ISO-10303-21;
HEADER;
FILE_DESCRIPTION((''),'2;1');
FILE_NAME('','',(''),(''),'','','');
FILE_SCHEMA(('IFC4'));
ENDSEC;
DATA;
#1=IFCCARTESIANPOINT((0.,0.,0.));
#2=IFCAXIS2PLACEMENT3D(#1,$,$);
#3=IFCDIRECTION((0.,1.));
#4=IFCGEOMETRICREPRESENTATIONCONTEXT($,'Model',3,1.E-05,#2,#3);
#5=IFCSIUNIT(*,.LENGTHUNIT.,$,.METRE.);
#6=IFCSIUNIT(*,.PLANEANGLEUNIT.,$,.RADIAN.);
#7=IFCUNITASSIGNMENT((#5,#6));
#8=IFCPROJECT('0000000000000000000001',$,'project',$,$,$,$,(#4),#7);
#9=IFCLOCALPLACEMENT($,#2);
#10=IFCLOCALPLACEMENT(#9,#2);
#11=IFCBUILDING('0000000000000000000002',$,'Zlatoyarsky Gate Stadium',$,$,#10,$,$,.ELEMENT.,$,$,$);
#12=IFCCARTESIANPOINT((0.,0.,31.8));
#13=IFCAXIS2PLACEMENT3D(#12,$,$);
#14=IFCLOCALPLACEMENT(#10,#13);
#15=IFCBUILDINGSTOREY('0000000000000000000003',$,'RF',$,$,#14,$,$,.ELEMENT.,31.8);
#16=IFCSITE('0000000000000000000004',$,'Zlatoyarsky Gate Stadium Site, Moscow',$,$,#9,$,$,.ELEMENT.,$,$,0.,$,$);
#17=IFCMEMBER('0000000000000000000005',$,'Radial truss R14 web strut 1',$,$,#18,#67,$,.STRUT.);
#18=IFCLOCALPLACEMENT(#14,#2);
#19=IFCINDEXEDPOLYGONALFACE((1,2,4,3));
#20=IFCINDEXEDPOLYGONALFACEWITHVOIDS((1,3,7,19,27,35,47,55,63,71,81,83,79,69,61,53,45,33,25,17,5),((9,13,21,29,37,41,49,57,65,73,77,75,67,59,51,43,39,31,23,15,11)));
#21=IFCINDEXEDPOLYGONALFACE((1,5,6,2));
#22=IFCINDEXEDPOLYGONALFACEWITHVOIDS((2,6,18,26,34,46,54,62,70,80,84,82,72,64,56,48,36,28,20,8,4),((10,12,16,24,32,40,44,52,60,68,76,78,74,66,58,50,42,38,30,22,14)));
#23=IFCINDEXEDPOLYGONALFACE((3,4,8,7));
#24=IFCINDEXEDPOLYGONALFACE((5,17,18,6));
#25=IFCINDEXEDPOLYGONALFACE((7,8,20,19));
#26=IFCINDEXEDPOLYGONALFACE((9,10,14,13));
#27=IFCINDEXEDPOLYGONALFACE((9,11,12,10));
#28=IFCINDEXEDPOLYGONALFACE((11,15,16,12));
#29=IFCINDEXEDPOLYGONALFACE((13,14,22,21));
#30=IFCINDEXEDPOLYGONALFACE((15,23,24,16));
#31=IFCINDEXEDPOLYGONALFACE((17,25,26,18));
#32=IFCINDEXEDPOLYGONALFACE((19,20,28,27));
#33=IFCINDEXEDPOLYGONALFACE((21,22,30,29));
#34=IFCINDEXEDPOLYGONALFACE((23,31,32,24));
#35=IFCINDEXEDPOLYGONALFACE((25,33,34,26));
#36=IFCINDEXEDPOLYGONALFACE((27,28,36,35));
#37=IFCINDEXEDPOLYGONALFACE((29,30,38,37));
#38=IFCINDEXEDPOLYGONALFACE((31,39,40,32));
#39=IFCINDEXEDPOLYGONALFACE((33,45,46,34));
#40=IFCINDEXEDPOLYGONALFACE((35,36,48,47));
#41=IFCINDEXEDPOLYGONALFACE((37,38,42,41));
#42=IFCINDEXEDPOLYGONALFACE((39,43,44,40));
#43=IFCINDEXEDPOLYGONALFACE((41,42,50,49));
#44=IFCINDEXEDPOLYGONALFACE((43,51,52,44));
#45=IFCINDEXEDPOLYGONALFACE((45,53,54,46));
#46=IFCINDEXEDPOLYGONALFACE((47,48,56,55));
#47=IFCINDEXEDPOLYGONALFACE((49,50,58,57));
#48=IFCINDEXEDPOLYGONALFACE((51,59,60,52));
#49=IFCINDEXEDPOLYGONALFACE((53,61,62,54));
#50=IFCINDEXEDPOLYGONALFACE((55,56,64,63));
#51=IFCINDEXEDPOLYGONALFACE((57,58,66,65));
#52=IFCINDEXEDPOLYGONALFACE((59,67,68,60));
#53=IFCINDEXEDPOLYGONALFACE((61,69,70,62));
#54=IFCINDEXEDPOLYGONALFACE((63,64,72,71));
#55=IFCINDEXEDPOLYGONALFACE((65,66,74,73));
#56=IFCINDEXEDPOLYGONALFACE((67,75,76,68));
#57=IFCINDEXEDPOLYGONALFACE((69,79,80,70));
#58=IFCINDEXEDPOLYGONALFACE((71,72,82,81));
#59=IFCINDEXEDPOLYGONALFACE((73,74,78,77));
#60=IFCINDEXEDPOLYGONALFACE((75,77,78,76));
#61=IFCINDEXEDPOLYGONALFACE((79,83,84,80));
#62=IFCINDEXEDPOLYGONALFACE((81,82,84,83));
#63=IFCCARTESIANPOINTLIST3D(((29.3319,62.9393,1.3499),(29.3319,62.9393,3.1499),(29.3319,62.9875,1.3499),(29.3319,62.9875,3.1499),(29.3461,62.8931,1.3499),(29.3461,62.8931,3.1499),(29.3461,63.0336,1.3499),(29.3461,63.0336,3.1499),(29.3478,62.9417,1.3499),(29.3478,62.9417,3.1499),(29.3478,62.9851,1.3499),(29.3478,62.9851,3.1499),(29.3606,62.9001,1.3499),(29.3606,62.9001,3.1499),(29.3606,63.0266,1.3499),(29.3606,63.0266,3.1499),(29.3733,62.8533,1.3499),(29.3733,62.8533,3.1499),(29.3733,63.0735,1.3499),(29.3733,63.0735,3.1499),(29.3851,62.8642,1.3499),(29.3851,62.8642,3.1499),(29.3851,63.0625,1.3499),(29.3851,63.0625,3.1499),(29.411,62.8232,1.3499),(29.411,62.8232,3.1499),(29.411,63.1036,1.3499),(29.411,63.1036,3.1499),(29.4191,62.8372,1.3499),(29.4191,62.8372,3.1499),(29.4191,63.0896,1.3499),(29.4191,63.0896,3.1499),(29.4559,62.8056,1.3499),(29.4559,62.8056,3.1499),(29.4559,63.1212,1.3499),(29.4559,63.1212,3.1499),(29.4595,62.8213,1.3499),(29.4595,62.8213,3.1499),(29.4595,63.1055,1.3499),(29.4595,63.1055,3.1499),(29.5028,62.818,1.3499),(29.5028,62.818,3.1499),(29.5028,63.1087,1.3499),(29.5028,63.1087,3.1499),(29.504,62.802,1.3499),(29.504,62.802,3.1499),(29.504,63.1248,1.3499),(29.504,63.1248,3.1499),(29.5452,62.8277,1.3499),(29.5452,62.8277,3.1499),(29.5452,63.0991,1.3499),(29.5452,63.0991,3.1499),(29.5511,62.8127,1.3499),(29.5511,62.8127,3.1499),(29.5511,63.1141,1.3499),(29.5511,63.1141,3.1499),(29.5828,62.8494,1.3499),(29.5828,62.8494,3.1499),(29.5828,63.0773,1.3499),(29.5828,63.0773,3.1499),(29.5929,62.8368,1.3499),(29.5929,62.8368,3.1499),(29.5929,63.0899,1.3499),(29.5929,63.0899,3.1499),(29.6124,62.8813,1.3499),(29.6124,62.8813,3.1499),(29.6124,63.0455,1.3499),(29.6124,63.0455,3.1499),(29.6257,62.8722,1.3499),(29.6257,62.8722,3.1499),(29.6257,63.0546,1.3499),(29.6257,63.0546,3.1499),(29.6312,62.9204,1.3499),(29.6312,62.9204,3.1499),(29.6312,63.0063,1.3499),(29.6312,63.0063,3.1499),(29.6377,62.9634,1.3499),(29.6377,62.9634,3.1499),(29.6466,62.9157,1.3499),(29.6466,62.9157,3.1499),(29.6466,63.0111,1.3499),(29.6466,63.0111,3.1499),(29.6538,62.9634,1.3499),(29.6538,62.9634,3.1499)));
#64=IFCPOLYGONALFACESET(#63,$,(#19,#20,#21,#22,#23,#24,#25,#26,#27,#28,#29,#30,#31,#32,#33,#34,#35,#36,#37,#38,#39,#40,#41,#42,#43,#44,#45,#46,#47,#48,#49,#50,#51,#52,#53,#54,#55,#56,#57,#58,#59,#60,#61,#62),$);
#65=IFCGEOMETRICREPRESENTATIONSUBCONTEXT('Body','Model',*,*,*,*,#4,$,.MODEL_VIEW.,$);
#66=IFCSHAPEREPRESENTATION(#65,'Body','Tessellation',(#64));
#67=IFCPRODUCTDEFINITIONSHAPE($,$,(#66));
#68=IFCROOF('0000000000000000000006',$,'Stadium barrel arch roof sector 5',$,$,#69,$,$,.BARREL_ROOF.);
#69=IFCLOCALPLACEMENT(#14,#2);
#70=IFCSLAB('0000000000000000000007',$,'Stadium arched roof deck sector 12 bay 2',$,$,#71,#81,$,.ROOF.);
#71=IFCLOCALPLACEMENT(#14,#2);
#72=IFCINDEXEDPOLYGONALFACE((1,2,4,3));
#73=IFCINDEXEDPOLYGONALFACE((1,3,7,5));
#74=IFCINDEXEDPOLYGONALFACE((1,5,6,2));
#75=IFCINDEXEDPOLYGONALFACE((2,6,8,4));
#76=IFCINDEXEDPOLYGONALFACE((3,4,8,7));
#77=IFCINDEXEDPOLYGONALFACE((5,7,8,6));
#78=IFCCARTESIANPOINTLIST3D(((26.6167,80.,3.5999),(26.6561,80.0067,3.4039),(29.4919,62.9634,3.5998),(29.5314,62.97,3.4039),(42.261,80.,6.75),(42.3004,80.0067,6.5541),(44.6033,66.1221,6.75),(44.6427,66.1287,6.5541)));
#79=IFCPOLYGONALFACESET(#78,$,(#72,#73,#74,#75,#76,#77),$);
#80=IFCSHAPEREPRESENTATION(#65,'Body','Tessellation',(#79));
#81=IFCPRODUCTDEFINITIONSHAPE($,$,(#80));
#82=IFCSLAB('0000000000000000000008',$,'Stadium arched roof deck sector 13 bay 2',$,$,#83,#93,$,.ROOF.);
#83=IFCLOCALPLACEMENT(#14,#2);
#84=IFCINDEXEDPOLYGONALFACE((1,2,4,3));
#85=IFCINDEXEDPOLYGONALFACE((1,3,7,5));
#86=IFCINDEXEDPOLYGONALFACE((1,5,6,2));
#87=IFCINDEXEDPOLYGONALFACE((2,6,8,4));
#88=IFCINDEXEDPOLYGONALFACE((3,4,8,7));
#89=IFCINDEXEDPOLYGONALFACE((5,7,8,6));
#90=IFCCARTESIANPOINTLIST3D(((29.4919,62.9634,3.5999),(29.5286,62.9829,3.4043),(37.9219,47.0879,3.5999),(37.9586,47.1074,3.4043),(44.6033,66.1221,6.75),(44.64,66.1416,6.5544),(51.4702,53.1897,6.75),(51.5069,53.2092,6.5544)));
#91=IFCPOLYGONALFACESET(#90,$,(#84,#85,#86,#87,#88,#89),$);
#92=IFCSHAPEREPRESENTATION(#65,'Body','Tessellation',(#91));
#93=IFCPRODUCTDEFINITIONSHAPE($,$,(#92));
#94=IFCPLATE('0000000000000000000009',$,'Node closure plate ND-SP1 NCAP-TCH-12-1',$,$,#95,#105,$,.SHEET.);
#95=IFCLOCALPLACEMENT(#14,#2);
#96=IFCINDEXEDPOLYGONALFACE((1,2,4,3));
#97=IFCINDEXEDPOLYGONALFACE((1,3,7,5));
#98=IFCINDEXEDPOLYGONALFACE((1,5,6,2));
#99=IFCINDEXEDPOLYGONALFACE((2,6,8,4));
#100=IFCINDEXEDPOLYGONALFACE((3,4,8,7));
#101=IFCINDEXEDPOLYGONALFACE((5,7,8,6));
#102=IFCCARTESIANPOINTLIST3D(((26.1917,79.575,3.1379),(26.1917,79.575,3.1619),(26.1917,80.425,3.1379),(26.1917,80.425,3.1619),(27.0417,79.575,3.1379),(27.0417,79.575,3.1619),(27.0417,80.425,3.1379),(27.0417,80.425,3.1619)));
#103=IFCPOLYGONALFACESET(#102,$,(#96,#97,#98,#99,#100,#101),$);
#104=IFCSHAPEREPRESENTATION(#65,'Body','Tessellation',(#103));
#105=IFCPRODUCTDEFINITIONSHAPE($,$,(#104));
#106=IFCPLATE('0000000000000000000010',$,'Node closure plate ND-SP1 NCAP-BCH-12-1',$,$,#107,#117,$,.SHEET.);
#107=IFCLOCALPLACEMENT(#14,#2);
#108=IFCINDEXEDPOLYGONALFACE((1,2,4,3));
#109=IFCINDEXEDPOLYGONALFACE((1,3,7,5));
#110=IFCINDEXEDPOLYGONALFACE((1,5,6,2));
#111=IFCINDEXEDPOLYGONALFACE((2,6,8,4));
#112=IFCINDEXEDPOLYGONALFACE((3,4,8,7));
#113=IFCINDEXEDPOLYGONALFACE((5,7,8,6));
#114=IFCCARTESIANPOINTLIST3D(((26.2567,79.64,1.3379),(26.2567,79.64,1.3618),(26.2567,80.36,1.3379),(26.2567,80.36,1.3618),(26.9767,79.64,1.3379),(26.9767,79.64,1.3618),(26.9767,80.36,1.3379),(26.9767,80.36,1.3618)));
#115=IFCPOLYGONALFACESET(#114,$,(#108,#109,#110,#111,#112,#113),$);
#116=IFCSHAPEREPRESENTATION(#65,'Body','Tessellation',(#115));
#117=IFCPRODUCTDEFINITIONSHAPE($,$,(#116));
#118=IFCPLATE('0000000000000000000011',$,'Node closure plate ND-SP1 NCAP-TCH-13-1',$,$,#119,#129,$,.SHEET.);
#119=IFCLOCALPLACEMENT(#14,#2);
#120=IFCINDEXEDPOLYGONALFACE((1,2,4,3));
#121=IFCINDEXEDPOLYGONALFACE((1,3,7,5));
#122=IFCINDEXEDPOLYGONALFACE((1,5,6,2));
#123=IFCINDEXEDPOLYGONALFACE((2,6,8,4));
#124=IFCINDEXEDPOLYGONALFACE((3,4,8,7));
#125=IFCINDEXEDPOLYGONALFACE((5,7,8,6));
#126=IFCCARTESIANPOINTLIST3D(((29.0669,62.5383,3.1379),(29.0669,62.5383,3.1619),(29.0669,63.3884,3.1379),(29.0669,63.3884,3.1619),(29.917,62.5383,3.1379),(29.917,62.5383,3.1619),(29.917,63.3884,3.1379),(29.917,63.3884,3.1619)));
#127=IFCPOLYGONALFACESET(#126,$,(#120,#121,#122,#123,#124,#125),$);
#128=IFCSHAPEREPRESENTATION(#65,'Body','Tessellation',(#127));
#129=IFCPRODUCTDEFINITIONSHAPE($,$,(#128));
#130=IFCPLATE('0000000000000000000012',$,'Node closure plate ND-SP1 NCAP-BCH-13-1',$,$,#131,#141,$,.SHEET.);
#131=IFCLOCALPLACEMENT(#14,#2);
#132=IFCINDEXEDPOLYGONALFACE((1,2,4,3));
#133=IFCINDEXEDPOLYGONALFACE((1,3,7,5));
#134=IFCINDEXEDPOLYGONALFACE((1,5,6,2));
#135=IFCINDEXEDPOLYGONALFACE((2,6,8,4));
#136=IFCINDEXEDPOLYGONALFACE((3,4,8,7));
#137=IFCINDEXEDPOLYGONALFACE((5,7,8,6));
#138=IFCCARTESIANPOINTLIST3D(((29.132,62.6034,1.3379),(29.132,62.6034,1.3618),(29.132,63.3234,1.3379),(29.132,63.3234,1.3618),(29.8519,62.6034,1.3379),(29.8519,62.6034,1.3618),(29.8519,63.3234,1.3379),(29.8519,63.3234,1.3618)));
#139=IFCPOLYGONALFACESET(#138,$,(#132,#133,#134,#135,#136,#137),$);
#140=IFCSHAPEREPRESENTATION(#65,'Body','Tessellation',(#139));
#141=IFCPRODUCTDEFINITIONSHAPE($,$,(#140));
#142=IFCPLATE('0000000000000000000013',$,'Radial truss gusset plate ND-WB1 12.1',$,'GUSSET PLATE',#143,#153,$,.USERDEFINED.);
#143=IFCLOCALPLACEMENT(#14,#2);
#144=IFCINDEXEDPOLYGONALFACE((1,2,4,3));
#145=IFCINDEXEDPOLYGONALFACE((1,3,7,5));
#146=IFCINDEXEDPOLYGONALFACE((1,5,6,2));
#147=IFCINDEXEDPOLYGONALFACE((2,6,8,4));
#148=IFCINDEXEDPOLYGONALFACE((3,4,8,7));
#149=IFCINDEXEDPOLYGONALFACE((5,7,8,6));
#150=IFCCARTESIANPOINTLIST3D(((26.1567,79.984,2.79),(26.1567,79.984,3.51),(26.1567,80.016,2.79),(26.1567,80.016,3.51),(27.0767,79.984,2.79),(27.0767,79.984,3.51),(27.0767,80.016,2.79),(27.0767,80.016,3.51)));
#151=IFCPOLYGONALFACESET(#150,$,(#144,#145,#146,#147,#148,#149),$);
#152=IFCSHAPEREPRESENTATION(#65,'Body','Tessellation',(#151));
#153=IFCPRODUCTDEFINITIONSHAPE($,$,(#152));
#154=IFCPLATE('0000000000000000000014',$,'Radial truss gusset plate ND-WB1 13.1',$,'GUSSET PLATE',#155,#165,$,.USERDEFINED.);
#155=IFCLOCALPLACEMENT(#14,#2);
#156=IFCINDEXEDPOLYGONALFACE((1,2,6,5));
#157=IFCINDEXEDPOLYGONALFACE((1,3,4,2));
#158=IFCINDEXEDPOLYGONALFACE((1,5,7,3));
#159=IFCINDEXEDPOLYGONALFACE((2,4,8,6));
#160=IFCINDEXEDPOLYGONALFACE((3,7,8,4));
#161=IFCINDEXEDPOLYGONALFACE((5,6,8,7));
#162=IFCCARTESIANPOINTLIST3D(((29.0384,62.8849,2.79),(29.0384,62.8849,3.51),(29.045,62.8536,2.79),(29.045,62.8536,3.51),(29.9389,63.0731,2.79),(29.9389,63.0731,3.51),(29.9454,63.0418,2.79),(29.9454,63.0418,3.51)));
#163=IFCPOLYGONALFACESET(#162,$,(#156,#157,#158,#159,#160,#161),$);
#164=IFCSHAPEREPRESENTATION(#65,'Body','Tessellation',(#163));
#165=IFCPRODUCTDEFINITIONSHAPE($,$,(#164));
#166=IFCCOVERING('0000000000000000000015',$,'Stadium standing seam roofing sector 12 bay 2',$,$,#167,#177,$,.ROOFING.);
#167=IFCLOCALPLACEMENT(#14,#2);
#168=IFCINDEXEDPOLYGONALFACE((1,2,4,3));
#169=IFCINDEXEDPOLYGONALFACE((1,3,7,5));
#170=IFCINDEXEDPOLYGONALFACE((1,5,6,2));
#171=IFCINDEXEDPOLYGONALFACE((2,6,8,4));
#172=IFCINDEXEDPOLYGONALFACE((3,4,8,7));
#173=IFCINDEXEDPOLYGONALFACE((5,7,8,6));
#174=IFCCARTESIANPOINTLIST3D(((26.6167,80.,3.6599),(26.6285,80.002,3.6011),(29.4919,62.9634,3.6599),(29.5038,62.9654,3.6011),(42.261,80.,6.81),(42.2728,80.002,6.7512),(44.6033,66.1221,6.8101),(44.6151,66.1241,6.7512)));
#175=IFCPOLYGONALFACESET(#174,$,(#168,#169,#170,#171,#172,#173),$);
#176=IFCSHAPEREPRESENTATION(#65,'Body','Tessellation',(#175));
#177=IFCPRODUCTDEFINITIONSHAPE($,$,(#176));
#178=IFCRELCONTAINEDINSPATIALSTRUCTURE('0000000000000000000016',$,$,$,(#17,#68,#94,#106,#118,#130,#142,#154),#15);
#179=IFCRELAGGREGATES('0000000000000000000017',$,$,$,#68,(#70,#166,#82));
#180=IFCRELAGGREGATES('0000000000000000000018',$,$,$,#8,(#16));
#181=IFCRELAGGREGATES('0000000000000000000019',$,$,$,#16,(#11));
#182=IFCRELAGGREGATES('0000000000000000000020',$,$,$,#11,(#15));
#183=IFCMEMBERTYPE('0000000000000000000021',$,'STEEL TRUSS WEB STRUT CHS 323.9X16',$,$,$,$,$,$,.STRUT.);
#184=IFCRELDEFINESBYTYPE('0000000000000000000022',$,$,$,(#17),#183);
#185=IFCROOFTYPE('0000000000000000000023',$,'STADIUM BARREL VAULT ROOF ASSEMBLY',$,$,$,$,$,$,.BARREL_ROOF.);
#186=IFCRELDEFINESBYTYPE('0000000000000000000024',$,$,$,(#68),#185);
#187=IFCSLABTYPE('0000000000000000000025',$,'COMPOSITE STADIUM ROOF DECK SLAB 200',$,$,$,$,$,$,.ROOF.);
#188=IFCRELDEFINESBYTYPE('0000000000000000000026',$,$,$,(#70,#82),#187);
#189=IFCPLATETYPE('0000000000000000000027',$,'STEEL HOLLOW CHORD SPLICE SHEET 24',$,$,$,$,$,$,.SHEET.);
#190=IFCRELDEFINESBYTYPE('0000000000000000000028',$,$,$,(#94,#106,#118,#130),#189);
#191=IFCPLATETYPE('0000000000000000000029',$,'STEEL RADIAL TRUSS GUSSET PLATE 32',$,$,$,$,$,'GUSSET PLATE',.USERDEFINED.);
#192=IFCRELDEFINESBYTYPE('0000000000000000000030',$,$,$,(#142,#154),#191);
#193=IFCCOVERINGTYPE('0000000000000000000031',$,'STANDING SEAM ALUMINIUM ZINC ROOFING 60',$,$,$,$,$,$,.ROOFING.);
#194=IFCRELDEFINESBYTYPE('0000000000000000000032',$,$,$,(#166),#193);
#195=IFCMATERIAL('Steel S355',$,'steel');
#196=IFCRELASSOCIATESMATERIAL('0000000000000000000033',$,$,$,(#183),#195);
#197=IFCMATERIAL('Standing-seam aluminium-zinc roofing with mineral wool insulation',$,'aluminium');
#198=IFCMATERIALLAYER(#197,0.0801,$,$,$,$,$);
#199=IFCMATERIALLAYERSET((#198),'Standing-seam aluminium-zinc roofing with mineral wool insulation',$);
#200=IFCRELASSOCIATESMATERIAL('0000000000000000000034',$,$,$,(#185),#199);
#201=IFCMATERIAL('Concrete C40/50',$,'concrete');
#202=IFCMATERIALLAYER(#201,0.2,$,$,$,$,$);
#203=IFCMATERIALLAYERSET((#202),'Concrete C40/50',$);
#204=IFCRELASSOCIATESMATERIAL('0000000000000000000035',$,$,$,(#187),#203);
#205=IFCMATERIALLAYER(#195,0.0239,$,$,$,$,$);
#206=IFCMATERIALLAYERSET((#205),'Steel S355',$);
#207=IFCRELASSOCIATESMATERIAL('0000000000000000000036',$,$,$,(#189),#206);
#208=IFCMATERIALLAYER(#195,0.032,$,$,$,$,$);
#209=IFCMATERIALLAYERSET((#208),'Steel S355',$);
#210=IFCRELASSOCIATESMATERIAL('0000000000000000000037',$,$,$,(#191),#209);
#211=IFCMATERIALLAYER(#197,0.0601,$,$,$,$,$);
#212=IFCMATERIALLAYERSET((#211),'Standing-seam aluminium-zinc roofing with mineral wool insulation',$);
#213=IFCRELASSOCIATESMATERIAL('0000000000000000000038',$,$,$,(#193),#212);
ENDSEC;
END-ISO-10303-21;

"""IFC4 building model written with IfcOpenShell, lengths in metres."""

from ifc_helpers import new_model, si_unit, direction, frame, origin, origin_2d, place, context, subcontext, project, spatial, polyline, rectangle, hollow_circle, outline, extrude, material, layer, layer_set, material_profile, profile_set, type_object, element, aggregate, save


model = new_model("IFC4")

# Units and contexts
model_context = context("Model", 3, precision=1e-05, world=origin(), true_north=direction((0.0, 1.0)))
body_context = subcontext(model_context, "Body", "Model", "MODEL_VIEW")
ifc_project = project(units=[si_unit("LENGTHUNIT", "METRE"), si_unit("PLANEANGLEUNIT", "RADIAN")], contexts=[model_context])

# Site, building, storey
site_placement = place(None, origin())
site = spatial("IfcSite", under=ifc_project, at=site_placement, Name="Zlatoyarsky Gate Stadium Site, Moscow", CompositionType="ELEMENT", RefElevation=0.0)
building_placement = place(site_placement, origin())
building = spatial("IfcBuilding", under=site, at=building_placement, Name="Zlatoyarsky Gate Stadium", CompositionType="ELEMENT")
storey_placement = place(building_placement, frame((0.0, 0.0, 31.8)))
storey = spatial("IfcBuildingStorey", under=building, at=storey_placement, Name="RF", CompositionType="ELEMENT", Elevation=31.8)

# Shared definitions
ifc_material_1 = material(Name="Steel S355", Category="steel")

# Member
ifc_material_profile_1 = material_profile(ifc_material_1, hollow_circle(Radius=0.1619, WallThickness=0.0161, at=origin_2d()), Name="CHS 323.9X16")
ifc_profile_set_1 = profile_set([ifc_material_profile_1], Name="Steel S355")
member_type_1 = type_object("IfcMemberType", Name="STEEL TRUSS WEB STRUT CHS 323.9X16", PredefinedType="STRUT", material=ifc_profile_set_1)
member_1_placement = place(storey_placement, frame((29.4919, 62.9634, 1.3499), z_axis=(0.0, 0.0, 1.0), x_axis=(1.0, 0.0, 0.0)))
element("IfcMember", 1, at=member_1_placement, inside=storey, type_object=member_type_1, Name="Radial truss R14 web strut 1", PredefinedType="STRUT", context=body_context, shape_type="SweptSolid", body=[
    extrude(hollow_circle(Radius=0.1619, WallThickness=0.0161, at=origin_2d()), origin(), (0.0, 0.0, 1.0), 1.8),
])

# Roof, slabs
ifc_material_2 = material(Name="Standing-seam aluminium-zinc roofing with mineral wool insulation", Category="aluminium")
ifc_layer_1 = layer(ifc_material_2, 0.0801)
ifc_layer_set_1 = layer_set([ifc_layer_1], Name="Standing-seam aluminium-zinc roofing with mineral wool insulation")
roof_type = type_object("IfcRoofType", Name="STADIUM BARREL VAULT ROOF ASSEMBLY", PredefinedType="BARREL_ROOF", material=ifc_layer_set_1)
roof_placement = place(storey_placement, origin())
roof = element("IfcRoof", 2, at=roof_placement, inside=storey, type_object=roof_type, Name="Stadium barrel arch roof sector 5", PredefinedType="BARREL_ROOF")
ifc_material_3 = material(Name="Concrete C40/50", Category="concrete")
ifc_layer_2 = layer(ifc_material_3, 0.2)
ifc_layer_set_2 = layer_set([ifc_layer_2], Name="Concrete C40/50")
slab_type = type_object("IfcSlabType", Name="COMPOSITE STADIUM ROOF DECK SLAB 200", PredefinedType="ROOF", material=ifc_layer_set_2)
slab_1_placement = place(storey_placement, frame((26.6167, 80.0, 3.5999), z_axis=(-0.197288, -0.033297, 0.97978), x_axis=(0.166415, -0.986056, -0.000001)))
slab_1 = element("IfcSlab", 3, at=slab_1_placement, type_object=slab_type, Name="Stadium arched roof deck sector 12 bay 2", PredefinedType="ROOF", context=body_context, shape_type="SweptSolid", body=[
    extrude(outline(polyline([(0.0, 0.0), (17.2775, 0.0), (16.6777, 15.7446), (2.6034, 15.7445), (0.0, 0.0)])), origin(), (0.0, 0.0, -1.0), 0.2),
])
slab_2_placement = place(storey_placement, frame((29.4919, 62.9634, 3.5999), z_axis=(-0.183541, -0.09746, 0.978169), x_axis=(0.468985, -0.883206, 0.000001)))
slab_2 = element("IfcSlab", 4, at=slab_2_placement, type_object=slab_type, Name="Stadium arched roof deck sector 13 bay 2", PredefinedType="ROOF", context=body_context, shape_type="SweptSolid", body=[
    extrude(outline(polyline([(0.0, 0.0), (17.9748, 0.0), (18.9397, 15.1586), (4.2972, 15.1587), (0.0, 0.0)])), origin(), (0.0, 0.0, -1.0), 0.2),
])

# Plates
ifc_layer_3 = layer(ifc_material_1, 0.0239)
ifc_layer_set_3 = layer_set([ifc_layer_3], Name="Steel S355")
plate_type_1 = type_object("IfcPlateType", Name="STEEL HOLLOW CHORD SPLICE SHEET 24", PredefinedType="SHEET", material=ifc_layer_set_3)
plate_1_placement = place(storey_placement, frame((26.6167, 80.0, 3.1379), z_axis=(0.0, 0.0, 1.0), x_axis=(1.0, 0.0, 0.0)))
element("IfcPlate", 5, at=plate_1_placement, inside=storey, type_object=plate_type_1, Name="Node closure plate ND-SP1 NCAP-TCH-12-1", PredefinedType="SHEET", context=body_context, shape_type="SweptSolid", body=[
    extrude(rectangle(XDim=0.8501, YDim=0.8501, at=origin_2d()), origin(), (0.0, 0.0, 1.0), 0.0239),
])
plate_2_placement = place(storey_placement, frame((26.6167, 80.0, 1.3379), z_axis=(0.0, 0.0, 1.0), x_axis=(1.0, 0.0, 0.0)))
element("IfcPlate", 6, at=plate_2_placement, inside=storey, type_object=plate_type_1, Name="Node closure plate ND-SP1 NCAP-BCH-12-1", PredefinedType="SHEET", context=body_context, shape_type="SweptSolid", body=[
    extrude(rectangle(XDim=0.72, YDim=0.72, at=origin_2d()), origin(), (0.0, 0.0, 1.0), 0.0239),
])
plate_3_placement = place(storey_placement, frame((29.4919, 62.9634, 3.1379), z_axis=(0.0, 0.0, 1.0), x_axis=(1.0, 0.0, 0.0)))
element("IfcPlate", 7, at=plate_3_placement, inside=storey, type_object=plate_type_1, Name="Node closure plate ND-SP1 NCAP-TCH-13-1", PredefinedType="SHEET", context=body_context, shape_type="SweptSolid", body=[
    extrude(rectangle(XDim=0.8501, YDim=0.8501, at=origin_2d()), origin(), (0.0, 0.0, 1.0), 0.0239),
])
plate_4_placement = place(storey_placement, frame((29.4919, 62.9634, 1.3379), z_axis=(0.0, 0.0, 1.0), x_axis=(1.0, 0.0, 0.0)))
element("IfcPlate", 8, at=plate_4_placement, inside=storey, type_object=plate_type_1, Name="Node closure plate ND-SP1 NCAP-BCH-13-1", PredefinedType="SHEET", context=body_context, shape_type="SweptSolid", body=[
    extrude(rectangle(XDim=0.72, YDim=0.72, at=origin_2d()), origin(), (0.0, 0.0, 1.0), 0.0239),
])
ifc_layer_4 = layer(ifc_material_1, 0.032)
ifc_layer_set_4 = layer_set([ifc_layer_4], Name="Steel S355")
plate_type_2 = type_object("IfcPlateType", Name="STEEL RADIAL TRUSS GUSSET PLATE 32", ElementType="GUSSET PLATE", PredefinedType="USERDEFINED", material=ifc_layer_set_4)
for number, where, z_axis, x_axis, name in (
    (9, (26.6167, 80.0, 2.79), (0.0, 0.0, 1.0), (1.0, 0.0, 0.0), "Radial truss gusset plate ND-WB1 12.1"),
    (10, (29.4919, 62.9634, 2.79), (0.0, 0.0, 1.0), (0.978847, 0.204595, 0.0), "Radial truss gusset plate ND-WB1 13.1"),
):
    element("IfcPlate", number, at=place(storey_placement, frame(where, z_axis=z_axis, x_axis=x_axis)), inside=storey, type_object=plate_type_2, Name=name, ObjectType="GUSSET PLATE", PredefinedType="USERDEFINED", context=body_context, shape_type="SweptSolid", body=[
        extrude(rectangle(XDim=0.9199, YDim=0.032, at=origin_2d()), origin(), (0.0, 0.0, 1.0), 0.72),
    ])

# Covering
ifc_layer_5 = layer(ifc_material_2, 0.0601)
ifc_layer_set_5 = layer_set([ifc_layer_5], Name="Standing-seam aluminium-zinc roofing with mineral wool insulation")
covering_type = type_object("IfcCoveringType", Name="STANDING SEAM ALUMINIUM ZINC ROOFING 60", PredefinedType="ROOFING", material=ifc_layer_set_5)
covering_placement = place(storey_placement, frame((26.6167, 80.0, 3.6599), z_axis=(-0.197288, -0.033297, 0.97978), x_axis=(0.166415, -0.986056, -0.000001)))
covering = element("IfcCovering", 11, at=covering_placement, type_object=covering_type, Name="Stadium standing seam roofing sector 12 bay 2", PredefinedType="ROOFING", context=body_context, shape_type="SweptSolid", body=[
    extrude(outline(polyline([(0.0, 0.0), (17.2775, 0.0), (16.6777, 15.7446), (2.6034, 15.7445), (0.0, 0.0)])), origin(), (0.0, 0.0, -1.0), 0.0601),
])
aggregate(roof, [slab_1, covering, slab_2])

save(model, "model.ifc")
